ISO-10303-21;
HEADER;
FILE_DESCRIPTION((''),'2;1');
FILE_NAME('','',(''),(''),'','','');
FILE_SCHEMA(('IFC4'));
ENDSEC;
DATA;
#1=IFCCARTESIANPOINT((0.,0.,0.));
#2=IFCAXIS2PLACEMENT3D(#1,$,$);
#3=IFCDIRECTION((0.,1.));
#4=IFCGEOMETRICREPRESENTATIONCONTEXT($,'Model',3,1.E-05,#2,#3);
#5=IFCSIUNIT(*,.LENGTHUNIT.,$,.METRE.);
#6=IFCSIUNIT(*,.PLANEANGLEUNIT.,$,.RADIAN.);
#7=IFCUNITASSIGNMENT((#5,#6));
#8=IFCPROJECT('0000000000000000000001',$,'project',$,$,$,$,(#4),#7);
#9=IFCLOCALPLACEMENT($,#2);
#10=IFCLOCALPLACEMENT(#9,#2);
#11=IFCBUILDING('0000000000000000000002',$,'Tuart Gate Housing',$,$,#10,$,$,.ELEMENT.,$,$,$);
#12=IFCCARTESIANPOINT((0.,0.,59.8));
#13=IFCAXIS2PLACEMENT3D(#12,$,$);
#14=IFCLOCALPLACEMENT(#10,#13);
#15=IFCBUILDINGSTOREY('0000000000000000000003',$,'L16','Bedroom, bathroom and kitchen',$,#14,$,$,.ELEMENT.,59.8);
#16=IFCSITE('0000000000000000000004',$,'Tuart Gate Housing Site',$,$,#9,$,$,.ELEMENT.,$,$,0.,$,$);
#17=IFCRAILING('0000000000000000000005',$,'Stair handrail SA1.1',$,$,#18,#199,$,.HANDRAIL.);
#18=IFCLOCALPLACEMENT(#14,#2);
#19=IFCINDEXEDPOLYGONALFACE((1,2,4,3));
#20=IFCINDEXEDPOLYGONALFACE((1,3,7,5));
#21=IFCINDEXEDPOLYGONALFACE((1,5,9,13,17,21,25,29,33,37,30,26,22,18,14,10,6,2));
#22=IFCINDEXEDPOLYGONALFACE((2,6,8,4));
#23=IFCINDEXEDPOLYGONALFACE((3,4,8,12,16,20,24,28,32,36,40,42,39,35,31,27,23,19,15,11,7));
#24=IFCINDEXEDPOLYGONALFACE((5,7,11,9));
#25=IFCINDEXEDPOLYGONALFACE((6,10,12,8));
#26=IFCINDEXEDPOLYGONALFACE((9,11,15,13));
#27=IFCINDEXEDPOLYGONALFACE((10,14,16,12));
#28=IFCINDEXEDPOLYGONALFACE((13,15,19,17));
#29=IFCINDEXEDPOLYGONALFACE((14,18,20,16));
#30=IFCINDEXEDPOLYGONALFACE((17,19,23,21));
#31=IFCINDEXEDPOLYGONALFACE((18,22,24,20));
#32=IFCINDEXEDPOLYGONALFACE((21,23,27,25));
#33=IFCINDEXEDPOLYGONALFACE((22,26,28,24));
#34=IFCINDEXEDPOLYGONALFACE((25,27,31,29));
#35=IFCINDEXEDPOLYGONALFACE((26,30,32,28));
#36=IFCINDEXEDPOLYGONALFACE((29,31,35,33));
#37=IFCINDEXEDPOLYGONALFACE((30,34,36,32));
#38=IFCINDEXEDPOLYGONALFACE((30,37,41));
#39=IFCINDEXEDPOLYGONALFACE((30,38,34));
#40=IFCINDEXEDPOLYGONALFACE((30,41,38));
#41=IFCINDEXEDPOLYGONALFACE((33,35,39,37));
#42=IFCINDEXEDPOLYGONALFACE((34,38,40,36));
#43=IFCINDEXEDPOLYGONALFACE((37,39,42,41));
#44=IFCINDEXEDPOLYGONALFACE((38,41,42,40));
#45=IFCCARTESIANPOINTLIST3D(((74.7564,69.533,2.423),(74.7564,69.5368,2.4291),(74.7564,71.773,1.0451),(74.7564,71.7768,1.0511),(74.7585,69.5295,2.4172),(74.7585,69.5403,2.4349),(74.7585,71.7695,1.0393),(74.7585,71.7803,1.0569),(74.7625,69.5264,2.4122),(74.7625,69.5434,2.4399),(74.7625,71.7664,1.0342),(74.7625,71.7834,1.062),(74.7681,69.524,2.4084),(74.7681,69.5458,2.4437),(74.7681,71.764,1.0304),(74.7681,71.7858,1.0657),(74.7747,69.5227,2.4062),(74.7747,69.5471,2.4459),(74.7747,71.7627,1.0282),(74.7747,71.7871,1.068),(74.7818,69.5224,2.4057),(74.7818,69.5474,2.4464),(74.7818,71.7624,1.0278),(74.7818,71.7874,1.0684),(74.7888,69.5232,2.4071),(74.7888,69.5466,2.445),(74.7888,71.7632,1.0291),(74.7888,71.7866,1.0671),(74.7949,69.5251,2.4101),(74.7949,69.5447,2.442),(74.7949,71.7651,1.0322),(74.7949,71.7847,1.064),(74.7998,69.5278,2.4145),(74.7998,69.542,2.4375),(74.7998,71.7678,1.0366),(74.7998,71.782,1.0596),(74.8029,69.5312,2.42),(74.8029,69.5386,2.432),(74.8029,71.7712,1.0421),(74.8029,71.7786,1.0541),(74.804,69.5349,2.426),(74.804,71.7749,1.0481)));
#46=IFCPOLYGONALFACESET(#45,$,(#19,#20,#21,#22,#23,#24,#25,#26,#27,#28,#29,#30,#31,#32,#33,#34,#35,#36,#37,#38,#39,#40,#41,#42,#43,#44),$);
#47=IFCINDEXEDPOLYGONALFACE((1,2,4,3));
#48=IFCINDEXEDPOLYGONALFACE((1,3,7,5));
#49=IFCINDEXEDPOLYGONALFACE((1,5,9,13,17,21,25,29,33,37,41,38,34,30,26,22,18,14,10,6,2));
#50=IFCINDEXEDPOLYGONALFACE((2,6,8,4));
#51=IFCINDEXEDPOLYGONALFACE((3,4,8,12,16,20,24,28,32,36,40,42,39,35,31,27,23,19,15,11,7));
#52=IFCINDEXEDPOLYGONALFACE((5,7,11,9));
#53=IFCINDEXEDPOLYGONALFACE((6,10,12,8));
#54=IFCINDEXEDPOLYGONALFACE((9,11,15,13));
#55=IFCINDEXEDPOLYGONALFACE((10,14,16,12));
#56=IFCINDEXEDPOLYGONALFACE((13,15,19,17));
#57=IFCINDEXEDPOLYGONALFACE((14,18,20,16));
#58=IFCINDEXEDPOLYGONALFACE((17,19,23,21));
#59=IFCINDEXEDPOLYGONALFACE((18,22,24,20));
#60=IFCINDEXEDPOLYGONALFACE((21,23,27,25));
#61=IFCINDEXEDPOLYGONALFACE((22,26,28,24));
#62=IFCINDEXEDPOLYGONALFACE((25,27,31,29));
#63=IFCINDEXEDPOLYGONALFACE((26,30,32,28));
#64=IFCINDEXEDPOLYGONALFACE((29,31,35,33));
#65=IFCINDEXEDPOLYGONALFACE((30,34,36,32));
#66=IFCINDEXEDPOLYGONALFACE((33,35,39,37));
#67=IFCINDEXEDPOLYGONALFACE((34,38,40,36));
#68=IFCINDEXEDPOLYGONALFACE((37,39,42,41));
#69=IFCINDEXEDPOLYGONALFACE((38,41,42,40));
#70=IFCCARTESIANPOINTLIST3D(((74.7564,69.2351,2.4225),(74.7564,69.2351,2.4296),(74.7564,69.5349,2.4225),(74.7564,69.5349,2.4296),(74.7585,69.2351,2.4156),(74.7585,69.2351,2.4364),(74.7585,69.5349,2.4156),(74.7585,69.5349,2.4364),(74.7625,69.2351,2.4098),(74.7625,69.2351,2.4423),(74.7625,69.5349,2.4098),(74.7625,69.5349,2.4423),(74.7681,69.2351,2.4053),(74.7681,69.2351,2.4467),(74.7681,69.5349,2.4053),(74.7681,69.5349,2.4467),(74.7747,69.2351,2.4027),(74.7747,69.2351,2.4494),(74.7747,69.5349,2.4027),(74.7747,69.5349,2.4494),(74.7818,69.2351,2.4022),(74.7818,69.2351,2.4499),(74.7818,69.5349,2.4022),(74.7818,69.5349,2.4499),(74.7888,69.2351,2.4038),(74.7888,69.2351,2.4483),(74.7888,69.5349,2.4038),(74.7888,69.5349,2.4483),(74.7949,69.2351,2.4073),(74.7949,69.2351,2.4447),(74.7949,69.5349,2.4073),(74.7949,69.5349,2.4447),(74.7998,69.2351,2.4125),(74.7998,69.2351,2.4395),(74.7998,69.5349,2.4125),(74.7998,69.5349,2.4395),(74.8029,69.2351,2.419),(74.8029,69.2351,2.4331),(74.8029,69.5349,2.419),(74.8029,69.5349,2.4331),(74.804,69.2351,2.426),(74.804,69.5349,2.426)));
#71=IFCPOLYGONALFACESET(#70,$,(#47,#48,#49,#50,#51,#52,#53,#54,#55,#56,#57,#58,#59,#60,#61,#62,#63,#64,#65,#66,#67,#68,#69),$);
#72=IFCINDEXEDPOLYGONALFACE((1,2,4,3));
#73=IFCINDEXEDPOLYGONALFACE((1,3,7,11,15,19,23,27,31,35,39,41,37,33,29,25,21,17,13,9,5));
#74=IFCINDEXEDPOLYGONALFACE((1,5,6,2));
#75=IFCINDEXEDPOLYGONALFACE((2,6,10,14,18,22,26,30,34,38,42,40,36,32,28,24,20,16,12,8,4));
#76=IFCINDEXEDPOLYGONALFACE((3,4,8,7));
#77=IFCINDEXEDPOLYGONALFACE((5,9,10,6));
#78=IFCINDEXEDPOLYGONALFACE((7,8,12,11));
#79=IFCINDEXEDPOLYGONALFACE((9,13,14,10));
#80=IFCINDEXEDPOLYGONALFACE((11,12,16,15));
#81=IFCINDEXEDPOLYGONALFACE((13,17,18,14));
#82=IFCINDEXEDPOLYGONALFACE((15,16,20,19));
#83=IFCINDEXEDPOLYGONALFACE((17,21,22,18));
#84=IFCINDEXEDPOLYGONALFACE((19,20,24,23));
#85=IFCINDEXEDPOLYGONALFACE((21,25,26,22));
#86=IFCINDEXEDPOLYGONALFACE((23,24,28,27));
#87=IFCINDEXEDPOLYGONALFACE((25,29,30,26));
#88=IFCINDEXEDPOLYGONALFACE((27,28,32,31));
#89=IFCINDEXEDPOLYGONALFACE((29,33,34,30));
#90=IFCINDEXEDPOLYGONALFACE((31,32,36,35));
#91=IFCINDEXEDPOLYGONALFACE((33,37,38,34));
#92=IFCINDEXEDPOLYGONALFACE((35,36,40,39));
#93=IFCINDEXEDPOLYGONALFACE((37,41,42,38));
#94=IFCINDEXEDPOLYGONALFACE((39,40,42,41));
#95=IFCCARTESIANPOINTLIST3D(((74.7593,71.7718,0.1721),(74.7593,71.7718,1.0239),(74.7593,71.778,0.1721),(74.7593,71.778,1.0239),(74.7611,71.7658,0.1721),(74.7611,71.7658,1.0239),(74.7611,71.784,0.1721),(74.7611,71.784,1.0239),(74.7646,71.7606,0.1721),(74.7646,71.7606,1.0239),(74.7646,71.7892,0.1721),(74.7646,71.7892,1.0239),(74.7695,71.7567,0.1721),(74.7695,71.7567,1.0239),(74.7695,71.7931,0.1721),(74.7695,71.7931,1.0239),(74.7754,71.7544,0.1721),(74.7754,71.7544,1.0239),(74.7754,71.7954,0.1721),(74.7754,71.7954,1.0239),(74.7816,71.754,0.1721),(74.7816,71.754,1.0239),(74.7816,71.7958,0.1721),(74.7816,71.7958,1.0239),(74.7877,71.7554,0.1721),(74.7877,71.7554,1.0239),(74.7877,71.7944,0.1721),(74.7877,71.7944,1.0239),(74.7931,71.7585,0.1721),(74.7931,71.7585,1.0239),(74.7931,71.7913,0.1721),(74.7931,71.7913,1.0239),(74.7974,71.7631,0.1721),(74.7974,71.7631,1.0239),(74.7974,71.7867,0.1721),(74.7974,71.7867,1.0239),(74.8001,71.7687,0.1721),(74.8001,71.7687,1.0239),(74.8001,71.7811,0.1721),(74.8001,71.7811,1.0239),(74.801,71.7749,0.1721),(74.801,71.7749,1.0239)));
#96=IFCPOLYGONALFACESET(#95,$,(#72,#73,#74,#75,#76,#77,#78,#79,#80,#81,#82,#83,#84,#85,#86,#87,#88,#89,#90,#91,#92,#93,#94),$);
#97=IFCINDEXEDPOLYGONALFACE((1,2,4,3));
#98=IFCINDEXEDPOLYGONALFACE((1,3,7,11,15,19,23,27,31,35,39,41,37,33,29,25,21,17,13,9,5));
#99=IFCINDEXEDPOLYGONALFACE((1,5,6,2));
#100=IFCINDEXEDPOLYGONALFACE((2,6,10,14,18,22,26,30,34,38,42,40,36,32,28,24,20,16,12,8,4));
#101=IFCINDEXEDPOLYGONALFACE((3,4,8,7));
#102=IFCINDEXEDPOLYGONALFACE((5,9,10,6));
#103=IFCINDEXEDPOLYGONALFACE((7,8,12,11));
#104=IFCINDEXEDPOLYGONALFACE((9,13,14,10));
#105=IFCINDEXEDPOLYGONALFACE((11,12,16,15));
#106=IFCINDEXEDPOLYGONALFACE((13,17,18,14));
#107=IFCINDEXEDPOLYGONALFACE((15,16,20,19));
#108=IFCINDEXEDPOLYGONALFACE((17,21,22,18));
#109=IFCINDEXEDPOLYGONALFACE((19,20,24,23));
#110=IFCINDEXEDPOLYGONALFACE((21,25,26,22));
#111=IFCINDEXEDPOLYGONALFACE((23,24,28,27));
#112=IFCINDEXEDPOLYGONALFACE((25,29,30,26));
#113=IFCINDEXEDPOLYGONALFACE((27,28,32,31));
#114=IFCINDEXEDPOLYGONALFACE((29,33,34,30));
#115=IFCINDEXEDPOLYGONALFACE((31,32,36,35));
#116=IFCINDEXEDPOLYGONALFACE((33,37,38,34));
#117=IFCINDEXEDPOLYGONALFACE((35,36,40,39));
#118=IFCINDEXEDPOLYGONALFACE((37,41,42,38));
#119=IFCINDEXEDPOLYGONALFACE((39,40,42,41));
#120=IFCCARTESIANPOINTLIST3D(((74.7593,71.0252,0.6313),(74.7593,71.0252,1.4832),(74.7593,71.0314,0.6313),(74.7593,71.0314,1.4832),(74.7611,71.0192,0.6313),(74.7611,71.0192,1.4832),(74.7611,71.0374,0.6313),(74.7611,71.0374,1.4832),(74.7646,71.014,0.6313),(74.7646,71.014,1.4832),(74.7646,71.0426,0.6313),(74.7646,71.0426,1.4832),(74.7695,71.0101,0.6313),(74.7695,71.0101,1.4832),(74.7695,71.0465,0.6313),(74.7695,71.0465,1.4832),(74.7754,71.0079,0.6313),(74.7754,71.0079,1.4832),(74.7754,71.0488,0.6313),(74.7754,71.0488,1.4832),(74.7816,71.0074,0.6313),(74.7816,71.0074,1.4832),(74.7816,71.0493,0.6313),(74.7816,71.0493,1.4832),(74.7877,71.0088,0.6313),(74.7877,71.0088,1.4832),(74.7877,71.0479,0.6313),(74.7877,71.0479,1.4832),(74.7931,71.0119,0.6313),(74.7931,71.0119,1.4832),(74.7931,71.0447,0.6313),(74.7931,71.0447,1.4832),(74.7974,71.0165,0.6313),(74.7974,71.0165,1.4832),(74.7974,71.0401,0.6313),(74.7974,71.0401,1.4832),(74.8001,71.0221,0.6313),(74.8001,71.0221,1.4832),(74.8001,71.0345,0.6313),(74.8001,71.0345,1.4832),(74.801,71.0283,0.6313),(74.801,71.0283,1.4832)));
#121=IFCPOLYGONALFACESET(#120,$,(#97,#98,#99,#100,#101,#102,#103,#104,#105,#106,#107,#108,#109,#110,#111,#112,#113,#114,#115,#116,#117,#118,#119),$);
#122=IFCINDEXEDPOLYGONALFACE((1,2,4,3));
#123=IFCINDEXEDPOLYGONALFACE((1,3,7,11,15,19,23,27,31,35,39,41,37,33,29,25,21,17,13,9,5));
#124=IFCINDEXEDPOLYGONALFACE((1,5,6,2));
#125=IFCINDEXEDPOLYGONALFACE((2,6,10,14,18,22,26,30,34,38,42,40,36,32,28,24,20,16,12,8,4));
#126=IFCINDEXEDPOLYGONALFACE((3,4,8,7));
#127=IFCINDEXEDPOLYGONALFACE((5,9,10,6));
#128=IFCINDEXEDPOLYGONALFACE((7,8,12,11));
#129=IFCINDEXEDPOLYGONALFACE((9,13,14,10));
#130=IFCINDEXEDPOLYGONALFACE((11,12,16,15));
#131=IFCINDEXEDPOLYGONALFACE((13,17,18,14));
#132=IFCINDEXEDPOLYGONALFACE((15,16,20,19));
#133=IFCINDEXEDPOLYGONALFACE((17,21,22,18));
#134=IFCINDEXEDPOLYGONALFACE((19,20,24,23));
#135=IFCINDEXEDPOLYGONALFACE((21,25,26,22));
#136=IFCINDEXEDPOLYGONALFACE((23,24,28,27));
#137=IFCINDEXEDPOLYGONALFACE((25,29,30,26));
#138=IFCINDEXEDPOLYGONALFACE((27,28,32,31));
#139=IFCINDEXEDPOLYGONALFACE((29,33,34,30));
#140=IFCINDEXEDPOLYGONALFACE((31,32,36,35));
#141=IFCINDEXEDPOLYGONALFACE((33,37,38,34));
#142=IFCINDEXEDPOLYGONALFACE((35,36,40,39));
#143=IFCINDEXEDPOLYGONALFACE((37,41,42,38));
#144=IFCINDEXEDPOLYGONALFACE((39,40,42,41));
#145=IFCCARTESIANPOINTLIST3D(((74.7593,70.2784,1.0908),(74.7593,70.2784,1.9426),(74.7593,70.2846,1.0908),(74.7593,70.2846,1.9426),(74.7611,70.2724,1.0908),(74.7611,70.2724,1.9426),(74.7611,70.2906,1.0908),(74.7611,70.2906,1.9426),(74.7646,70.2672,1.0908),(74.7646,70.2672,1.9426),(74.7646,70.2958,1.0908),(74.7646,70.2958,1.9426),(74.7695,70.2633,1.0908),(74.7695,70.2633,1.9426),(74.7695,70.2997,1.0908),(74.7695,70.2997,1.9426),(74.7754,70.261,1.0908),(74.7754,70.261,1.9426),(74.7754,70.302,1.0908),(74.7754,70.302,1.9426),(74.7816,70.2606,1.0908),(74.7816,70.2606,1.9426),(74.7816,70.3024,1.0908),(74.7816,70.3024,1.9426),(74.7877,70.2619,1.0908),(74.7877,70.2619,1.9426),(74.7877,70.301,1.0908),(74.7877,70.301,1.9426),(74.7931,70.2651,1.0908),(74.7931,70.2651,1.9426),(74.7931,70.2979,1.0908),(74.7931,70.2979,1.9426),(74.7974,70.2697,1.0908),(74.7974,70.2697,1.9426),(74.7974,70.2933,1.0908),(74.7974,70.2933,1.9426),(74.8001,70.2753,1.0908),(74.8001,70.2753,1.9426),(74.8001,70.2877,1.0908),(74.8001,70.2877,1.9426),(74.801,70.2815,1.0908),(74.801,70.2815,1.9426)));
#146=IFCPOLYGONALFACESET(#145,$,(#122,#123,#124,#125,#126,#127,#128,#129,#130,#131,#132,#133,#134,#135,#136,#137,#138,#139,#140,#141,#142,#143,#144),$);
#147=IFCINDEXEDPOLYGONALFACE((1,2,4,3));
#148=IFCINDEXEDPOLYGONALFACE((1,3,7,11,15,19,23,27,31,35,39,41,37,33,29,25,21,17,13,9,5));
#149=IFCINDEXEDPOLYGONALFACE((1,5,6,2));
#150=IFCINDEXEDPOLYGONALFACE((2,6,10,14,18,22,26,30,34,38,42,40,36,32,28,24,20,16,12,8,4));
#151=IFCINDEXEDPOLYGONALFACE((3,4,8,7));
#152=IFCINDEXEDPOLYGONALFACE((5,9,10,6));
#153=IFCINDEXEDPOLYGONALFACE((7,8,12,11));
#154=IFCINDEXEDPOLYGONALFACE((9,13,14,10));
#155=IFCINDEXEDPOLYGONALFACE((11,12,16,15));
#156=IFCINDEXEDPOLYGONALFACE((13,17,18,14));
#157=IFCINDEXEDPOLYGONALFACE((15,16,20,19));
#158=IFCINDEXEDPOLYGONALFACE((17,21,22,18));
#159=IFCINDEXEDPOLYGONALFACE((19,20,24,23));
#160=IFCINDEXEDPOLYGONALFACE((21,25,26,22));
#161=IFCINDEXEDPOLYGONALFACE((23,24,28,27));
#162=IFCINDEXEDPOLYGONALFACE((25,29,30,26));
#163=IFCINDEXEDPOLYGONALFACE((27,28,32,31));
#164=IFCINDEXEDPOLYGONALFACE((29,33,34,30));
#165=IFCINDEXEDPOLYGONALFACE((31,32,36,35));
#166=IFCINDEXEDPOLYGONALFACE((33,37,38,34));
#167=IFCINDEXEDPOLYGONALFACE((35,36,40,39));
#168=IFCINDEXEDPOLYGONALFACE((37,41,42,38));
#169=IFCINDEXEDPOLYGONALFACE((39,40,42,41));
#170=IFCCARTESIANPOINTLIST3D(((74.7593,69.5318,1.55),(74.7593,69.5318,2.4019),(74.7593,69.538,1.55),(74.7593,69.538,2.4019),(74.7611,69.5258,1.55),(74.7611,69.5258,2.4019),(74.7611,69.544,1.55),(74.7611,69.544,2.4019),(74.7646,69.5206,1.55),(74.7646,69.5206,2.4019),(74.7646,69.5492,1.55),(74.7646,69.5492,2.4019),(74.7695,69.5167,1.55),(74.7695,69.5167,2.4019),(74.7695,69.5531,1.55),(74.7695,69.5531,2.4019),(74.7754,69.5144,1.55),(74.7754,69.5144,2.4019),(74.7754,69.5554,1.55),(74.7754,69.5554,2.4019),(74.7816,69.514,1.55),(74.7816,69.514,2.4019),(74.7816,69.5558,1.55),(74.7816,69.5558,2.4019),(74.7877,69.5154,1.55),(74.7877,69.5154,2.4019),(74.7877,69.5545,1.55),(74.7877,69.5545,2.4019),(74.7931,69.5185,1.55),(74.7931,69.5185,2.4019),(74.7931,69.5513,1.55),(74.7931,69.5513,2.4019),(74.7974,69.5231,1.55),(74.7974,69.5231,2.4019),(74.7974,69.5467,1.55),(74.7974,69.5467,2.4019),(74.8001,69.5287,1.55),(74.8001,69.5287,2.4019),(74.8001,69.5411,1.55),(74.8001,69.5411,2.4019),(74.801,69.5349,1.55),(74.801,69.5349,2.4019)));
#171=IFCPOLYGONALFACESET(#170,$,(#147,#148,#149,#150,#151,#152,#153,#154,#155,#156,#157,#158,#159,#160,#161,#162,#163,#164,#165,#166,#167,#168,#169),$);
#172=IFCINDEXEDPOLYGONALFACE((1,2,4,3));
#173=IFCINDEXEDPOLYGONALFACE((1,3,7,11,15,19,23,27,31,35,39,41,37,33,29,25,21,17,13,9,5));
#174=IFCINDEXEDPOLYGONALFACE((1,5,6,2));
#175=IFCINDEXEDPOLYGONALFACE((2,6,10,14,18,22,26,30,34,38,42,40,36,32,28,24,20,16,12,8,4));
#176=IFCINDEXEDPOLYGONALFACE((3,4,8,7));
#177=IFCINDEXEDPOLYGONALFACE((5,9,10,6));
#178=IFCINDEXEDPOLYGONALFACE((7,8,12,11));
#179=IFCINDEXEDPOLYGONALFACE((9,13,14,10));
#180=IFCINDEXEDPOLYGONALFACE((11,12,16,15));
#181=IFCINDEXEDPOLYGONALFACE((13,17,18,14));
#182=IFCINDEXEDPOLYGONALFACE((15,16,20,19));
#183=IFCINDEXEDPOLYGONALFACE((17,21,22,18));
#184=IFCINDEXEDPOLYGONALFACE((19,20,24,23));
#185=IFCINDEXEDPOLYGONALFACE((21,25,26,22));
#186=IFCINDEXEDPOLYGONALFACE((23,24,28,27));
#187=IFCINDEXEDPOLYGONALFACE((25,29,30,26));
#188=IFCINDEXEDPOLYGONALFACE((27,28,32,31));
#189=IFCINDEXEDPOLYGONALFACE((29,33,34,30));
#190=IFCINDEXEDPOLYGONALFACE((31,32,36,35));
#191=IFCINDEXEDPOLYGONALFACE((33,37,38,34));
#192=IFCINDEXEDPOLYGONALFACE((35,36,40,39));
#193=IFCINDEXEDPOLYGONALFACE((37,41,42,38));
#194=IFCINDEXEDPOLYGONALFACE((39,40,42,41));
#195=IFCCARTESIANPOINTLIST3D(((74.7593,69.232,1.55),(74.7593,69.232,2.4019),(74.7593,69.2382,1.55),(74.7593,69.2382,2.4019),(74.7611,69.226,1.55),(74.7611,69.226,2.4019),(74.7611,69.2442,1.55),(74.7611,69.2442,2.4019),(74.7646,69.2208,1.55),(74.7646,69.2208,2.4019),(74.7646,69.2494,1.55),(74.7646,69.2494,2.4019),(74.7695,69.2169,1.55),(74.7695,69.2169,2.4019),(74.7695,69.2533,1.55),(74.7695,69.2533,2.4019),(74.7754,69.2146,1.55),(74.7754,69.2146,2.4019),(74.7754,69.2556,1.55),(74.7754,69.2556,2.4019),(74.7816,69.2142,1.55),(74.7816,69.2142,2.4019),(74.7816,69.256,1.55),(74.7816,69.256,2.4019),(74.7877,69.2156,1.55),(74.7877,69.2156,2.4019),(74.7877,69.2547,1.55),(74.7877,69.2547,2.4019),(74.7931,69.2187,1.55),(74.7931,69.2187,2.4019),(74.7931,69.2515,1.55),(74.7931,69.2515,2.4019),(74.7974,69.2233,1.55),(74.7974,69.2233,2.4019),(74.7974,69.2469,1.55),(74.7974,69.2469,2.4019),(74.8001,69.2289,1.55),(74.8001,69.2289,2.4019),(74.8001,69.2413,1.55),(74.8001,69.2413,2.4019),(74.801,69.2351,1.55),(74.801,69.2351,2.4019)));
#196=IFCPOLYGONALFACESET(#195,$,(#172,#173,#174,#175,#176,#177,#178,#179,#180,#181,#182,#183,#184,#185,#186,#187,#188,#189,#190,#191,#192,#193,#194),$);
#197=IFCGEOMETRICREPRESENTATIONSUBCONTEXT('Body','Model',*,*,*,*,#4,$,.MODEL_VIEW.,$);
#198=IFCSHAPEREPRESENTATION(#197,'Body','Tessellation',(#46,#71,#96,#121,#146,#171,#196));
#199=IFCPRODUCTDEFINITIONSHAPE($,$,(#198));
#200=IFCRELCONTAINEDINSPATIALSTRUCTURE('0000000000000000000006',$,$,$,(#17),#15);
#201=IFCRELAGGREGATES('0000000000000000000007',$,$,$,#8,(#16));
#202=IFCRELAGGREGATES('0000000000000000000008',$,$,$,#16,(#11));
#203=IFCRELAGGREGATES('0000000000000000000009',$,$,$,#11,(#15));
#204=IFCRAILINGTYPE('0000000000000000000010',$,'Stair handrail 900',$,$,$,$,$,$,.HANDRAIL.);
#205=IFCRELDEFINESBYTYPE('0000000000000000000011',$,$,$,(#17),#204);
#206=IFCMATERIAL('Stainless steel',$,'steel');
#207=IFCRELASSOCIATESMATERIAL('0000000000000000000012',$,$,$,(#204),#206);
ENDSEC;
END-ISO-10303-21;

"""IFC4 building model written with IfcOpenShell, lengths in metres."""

from ifc_helpers import new_model, si_unit, direction, frame, origin, origin_2d, place, context, subcontext, project, spatial, circle, extrude, material, type_object, element, save


model = new_model("IFC4")

# Units and contexts
model_context = context("Model", 3, precision=1e-05, world=origin(), true_north=direction((0.0, 1.0)))
body_context = subcontext(model_context, "Body", "Model", "MODEL_VIEW")
ifc_project = project(units=[si_unit("LENGTHUNIT", "METRE"), si_unit("PLANEANGLEUNIT", "RADIAN")], contexts=[model_context])

# Site, building, storey
site_placement = place(None, origin())
site = spatial("IfcSite", under=ifc_project, at=site_placement, Name="Tuart Gate Housing Site", CompositionType="ELEMENT", RefElevation=0.0)
building_placement = place(site_placement, origin())
building = spatial("IfcBuilding", under=site, at=building_placement, Name="Tuart Gate Housing", CompositionType="ELEMENT")
storey_placement = place(building_placement, frame((0.0, 0.0, 59.8)))
storey = spatial("IfcBuildingStorey", under=building, at=storey_placement, Name="L16", Description="Bedroom, bathroom and kitchen", CompositionType="ELEMENT", Elevation=59.8)

# Railing
ifc_material_1 = material(Name="Stainless steel", Category="steel")
railing_type = type_object("IfcRailingType", Name="Stair handrail 900", PredefinedType="HANDRAIL", material=ifc_material_1)
railing_placement = place(storey_placement, frame((74.78, 71.7749, 0.1721)))
element("IfcRailing", 1, at=railing_placement, inside=storey, type_object=railing_type, Name="Stair handrail SA1.1", PredefinedType="HANDRAIL", context=body_context, shape_type="SweptSolid", body=[
    extrude(circle(Radius=0.0239, at=origin_2d()), frame((0.0, 0.0, 0.876), z_axis=(0.0, -0.851748, 0.523952), x_axis=(1.0, 0.0, 0.0)), (0.0, 0.0, 1.0), 2.6299),
    extrude(circle(Radius=0.0239, at=origin_2d()), frame((0.0, -2.24, 2.2539), z_axis=(0.0, -1.0, 0.0), x_axis=(1.0, 0.0, 0.0)), (0.0, 0.0, 1.0), 0.2998),
    extrude(circle(Radius=0.021, at=origin_2d()), origin(), (0.0, 0.0, 1.0), 0.8518),
    extrude(circle(Radius=0.021, at=origin_2d()), frame((0.0, -0.7466, 0.4592)), (0.0, 0.0, 1.0), 0.8518),
    extrude(circle(Radius=0.021, at=origin_2d()), frame((0.0, -1.4934, 0.9187)), (0.0, 0.0, 1.0), 0.8518),
    extrude(circle(Radius=0.021, at=origin_2d()), frame((0.0, -2.24, 1.3779)), (0.0, 0.0, 1.0), 0.8518),
    extrude(circle(Radius=0.021, at=origin_2d()), frame((0.0, -2.5398, 1.3779)), (0.0, 0.0, 1.0), 0.8518),
])

save(model, "model.ifc")
